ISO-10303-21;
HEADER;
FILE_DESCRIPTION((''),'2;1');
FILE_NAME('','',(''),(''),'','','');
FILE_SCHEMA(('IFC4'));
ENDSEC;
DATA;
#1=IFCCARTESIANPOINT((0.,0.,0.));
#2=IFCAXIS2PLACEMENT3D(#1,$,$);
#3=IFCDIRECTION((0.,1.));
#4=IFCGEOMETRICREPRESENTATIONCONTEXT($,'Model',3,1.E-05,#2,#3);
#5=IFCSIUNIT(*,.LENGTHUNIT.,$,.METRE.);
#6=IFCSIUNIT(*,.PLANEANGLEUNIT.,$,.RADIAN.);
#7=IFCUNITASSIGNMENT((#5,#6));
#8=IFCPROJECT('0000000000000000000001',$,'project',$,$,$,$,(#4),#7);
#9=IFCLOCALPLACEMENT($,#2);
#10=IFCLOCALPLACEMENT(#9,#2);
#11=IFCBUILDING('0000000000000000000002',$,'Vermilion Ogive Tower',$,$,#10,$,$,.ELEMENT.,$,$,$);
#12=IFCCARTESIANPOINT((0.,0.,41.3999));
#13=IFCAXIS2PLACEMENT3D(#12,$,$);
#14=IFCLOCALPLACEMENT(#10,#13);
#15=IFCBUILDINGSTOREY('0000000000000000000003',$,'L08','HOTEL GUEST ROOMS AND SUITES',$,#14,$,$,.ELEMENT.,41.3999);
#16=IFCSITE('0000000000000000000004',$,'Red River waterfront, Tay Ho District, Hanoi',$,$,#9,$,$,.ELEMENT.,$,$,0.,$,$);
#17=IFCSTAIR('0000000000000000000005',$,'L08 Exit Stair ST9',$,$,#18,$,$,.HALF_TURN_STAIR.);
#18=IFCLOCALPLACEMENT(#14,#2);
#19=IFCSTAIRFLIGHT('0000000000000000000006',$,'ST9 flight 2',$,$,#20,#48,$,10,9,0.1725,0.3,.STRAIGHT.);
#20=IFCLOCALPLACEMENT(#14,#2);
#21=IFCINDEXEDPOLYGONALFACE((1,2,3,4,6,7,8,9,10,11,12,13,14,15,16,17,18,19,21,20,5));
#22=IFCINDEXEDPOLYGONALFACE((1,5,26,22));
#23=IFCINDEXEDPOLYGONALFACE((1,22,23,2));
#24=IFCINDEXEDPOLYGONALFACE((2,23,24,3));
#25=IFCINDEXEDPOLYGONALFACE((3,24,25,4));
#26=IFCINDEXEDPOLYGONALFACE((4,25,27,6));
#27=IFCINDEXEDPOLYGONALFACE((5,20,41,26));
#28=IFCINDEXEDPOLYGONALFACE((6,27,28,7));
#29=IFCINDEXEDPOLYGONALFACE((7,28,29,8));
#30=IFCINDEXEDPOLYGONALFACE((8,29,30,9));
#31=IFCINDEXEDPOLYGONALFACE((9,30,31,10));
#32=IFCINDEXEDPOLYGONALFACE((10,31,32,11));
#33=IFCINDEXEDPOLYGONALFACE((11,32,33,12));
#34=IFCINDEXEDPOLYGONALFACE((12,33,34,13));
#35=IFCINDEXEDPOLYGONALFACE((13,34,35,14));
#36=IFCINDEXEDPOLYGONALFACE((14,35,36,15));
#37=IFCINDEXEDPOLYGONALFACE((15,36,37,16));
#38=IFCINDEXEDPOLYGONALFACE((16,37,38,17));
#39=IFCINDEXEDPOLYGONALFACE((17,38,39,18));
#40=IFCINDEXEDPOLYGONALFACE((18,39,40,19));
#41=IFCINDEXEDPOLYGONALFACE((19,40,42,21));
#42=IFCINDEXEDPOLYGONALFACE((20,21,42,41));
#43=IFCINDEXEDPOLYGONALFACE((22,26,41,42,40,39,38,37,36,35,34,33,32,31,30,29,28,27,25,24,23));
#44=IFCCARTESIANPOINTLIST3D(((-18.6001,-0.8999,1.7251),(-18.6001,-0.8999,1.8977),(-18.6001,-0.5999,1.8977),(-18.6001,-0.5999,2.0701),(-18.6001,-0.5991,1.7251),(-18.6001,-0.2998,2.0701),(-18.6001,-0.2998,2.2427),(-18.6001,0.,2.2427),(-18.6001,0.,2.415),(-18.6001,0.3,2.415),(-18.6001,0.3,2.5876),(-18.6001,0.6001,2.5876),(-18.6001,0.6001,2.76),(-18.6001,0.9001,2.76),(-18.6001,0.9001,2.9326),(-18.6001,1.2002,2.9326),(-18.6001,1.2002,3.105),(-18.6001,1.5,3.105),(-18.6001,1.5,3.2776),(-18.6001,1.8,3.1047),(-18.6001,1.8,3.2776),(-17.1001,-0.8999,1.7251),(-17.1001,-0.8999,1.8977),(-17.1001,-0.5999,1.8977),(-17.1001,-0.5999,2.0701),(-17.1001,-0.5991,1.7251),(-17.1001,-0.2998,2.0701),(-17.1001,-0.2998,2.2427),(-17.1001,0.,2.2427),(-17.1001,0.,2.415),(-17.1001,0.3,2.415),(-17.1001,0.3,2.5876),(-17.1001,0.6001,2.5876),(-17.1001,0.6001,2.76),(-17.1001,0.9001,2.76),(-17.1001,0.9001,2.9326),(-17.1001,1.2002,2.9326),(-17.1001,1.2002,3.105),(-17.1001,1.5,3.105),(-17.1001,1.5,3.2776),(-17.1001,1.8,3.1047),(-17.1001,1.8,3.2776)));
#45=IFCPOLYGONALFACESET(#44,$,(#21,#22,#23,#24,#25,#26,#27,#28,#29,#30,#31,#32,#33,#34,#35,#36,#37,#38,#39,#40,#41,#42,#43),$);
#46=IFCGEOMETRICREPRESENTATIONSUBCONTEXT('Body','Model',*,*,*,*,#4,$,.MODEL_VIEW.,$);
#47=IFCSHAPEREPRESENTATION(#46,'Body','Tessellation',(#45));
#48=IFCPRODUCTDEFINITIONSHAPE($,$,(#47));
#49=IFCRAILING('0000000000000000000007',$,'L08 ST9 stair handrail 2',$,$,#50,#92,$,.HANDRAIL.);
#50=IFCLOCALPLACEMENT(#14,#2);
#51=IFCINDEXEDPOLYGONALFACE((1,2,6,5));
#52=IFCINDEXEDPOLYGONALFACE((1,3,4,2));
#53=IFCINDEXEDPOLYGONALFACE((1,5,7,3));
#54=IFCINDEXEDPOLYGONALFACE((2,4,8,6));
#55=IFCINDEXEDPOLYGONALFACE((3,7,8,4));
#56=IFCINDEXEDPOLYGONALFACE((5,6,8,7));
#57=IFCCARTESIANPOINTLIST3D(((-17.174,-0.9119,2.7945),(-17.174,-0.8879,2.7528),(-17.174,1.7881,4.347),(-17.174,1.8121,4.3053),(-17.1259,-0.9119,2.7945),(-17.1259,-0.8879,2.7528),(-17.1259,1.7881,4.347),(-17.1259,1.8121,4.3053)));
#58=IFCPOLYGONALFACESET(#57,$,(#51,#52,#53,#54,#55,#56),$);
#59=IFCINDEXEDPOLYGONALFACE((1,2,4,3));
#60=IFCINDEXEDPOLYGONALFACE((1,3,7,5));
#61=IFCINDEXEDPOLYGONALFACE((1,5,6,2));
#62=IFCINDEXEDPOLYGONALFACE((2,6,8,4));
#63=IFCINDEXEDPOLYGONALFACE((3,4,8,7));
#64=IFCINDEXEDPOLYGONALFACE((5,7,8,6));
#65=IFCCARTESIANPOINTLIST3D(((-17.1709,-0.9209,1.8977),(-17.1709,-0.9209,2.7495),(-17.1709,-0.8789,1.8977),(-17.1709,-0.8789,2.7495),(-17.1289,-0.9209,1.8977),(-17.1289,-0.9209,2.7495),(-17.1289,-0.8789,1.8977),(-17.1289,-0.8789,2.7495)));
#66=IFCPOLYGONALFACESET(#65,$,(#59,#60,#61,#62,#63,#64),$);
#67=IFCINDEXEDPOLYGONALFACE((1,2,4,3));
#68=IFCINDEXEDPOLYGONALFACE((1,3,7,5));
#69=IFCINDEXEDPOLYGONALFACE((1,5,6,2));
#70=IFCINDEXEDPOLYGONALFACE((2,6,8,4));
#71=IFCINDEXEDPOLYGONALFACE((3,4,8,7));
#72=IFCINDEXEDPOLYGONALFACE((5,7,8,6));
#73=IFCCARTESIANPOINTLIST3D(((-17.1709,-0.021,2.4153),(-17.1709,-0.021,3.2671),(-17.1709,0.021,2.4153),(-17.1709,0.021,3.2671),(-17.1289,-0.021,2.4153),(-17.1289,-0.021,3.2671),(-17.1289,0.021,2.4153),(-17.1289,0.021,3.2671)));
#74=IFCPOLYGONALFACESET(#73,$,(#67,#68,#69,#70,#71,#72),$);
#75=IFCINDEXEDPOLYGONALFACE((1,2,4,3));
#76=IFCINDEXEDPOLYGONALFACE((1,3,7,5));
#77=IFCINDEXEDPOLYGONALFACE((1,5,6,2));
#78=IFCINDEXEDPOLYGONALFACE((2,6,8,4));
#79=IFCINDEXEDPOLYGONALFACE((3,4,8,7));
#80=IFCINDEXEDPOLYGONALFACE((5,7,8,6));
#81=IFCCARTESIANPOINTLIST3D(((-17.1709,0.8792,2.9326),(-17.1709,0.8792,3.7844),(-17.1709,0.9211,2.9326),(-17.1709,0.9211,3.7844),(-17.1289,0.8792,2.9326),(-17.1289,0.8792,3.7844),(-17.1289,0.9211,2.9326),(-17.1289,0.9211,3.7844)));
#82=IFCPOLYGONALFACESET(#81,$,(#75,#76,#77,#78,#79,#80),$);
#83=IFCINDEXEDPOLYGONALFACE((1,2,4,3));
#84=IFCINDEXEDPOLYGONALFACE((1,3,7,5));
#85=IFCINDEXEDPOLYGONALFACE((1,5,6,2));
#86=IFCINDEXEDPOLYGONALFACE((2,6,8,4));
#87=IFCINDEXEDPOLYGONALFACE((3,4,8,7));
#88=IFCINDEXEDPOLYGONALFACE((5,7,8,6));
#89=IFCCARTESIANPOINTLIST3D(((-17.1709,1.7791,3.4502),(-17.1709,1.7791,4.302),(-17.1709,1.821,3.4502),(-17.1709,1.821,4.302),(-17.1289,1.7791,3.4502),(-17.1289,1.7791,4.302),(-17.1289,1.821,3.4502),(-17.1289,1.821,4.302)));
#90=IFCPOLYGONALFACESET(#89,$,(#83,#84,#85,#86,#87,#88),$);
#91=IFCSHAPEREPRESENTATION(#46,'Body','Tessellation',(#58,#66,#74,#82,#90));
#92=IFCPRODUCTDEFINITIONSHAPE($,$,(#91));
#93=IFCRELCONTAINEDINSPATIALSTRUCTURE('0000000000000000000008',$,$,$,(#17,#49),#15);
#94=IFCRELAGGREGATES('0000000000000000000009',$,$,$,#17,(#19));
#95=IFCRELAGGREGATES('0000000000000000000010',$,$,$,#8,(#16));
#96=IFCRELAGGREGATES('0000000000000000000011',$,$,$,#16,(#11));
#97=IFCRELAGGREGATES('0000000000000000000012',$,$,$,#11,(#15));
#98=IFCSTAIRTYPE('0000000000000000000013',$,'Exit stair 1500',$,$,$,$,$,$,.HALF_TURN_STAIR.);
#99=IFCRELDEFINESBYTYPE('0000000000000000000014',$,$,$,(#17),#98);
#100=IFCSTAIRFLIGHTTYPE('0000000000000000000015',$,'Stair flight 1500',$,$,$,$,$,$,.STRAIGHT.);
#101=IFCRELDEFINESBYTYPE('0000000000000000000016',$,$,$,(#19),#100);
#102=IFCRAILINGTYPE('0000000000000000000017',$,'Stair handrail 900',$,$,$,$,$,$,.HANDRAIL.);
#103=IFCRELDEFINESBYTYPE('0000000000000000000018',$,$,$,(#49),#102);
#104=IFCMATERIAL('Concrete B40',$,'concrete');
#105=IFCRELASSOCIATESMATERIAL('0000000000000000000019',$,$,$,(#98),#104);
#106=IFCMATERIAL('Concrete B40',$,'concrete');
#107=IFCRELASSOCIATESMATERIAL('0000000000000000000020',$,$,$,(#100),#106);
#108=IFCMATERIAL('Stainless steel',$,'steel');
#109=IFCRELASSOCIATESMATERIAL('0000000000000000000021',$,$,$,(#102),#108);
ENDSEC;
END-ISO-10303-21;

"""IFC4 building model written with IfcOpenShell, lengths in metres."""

from ifc_helpers import new_model, si_unit, direction, frame, origin, origin_2d, place, context, subcontext, project, spatial, polyline, rectangle, outline, extrude, material, type_object, element, aggregate, save


model = new_model("IFC4")

# Units and contexts
model_context = context("Model", 3, precision=1e-05, world=origin(), true_north=direction((0.0, 1.0)))
body_context = subcontext(model_context, "Body", "Model", "MODEL_VIEW")
ifc_project = project(units=[si_unit("LENGTHUNIT", "METRE"), si_unit("PLANEANGLEUNIT", "RADIAN")], contexts=[model_context])

# Site, building, storey
site_placement = place(None, origin())
site = spatial("IfcSite", under=ifc_project, at=site_placement, Name="Red River waterfront, Tay Ho District, Hanoi", CompositionType="ELEMENT", RefElevation=0.0)
building_placement = place(site_placement, origin())
building = spatial("IfcBuilding", under=site, at=building_placement, Name="Vermilion Ogive Tower", CompositionType="ELEMENT")
storey_placement = place(building_placement, frame((0.0, 0.0, 41.3999)))
storey = spatial("IfcBuildingStorey", under=building, at=storey_placement, Name="L08", Description="HOTEL GUEST ROOMS AND SUITES", CompositionType="ELEMENT", Elevation=41.3999)

# Stair, stair flight
ifc_material_1 = material(Name="Concrete B40", Category="concrete")
stair_type = type_object("IfcStairType", Name="Exit stair 1500", PredefinedType="HALF_TURN_STAIR", material=ifc_material_1)
stair_placement = place(storey_placement, origin())
stair = element("IfcStair", 1, at=stair_placement, inside=storey, type_object=stair_type, Name="L08 Exit Stair ST9", PredefinedType="HALF_TURN_STAIR")
ifc_material_2 = material(Name="Concrete B40", Category="concrete")
stair_flight_type = type_object("IfcStairFlightType", Name="Stair flight 1500", PredefinedType="STRAIGHT", material=ifc_material_2)
stair_flight_placement = place(storey_placement, frame((-17.8501, -0.8999, 1.7251), z_axis=(0.0, 0.0, 1.0), x_axis=(0.0, 1.0, 0.0)))
stair_flight = element("IfcStairFlight", 2, at=stair_flight_placement, type_object=stair_flight_type, Name="ST9 flight 2", NumberOfRisers=10, NumberOfTreads=9, PredefinedType="STRAIGHT", RiserHeight=0.1725, TreadLength=0.3, context=body_context, shape_type="SweptSolid", body=[
    extrude(outline(polyline([(0.0, 0.0), (0.0, 0.1726), (0.3, 0.1726), (0.3, 0.345), (0.6001, 0.345), (0.6001, 0.5176), (0.8999, 0.5176), (0.8999, 0.6899), (1.2, 0.6899), (1.2, 0.8625), (1.5, 0.8625), (1.5, 1.0349), (1.8, 1.0349), (1.8, 1.2075), (2.1001, 1.2075), (2.1001, 1.3799), (2.3999, 1.3799), (2.3999, 1.5525), (2.7, 1.5525), (2.7, 1.7251), (2.7, 1.3796), (0.3008, 0.0), (0.0, 0.0)])), frame((0.0, 0.75, 0.0), z_axis=(0.0, -1.0, 0.0), x_axis=(1.0, 0.0, 0.0)), (0.0, 0.0, 1.0), 1.5),
])
aggregate(stair, [stair_flight])

# Railing
ifc_material_3 = material(Name="Stainless steel", Category="steel")
railing_type = type_object("IfcRailingType", Name="Stair handrail 900", PredefinedType="HANDRAIL", material=ifc_material_3)
railing_placement = place(storey_placement, frame((-17.1499, -0.8999, 1.8977)))
element("IfcRailing", 3, at=railing_placement, inside=storey, type_object=railing_type, Name="L08 ST9 stair handrail 2", PredefinedType="HANDRAIL", context=body_context, shape_type="SweptSolid", body=[
    extrude(rectangle(XDim=0.0481, YDim=0.0481, at=origin_2d()), frame((0.0, 0.0, 0.876), z_axis=(0.0, 0.866904, 0.498476), x_axis=(-1.0, 0.0, 0.0)), (0.0, 0.0, 1.0), 3.1145),
    extrude(rectangle(XDim=0.042, YDim=0.042, at=origin_2d()), origin(), (0.0, 0.0, 1.0), 0.8518),
    extrude(rectangle(XDim=0.042, YDim=0.042, at=origin_2d()), frame((0.0, 0.8999, 0.5176)), (0.0, 0.0, 1.0), 0.8518),
    extrude(rectangle(XDim=0.042, YDim=0.042, at=origin_2d()), frame((0.0, 1.8, 1.0349)), (0.0, 0.0, 1.0), 0.8518),
    extrude(rectangle(XDim=0.042, YDim=0.042, at=origin_2d()), frame((0.0, 2.7, 1.5525)), (0.0, 0.0, 1.0), 0.8518),
])

save(model, "model.ifc")
